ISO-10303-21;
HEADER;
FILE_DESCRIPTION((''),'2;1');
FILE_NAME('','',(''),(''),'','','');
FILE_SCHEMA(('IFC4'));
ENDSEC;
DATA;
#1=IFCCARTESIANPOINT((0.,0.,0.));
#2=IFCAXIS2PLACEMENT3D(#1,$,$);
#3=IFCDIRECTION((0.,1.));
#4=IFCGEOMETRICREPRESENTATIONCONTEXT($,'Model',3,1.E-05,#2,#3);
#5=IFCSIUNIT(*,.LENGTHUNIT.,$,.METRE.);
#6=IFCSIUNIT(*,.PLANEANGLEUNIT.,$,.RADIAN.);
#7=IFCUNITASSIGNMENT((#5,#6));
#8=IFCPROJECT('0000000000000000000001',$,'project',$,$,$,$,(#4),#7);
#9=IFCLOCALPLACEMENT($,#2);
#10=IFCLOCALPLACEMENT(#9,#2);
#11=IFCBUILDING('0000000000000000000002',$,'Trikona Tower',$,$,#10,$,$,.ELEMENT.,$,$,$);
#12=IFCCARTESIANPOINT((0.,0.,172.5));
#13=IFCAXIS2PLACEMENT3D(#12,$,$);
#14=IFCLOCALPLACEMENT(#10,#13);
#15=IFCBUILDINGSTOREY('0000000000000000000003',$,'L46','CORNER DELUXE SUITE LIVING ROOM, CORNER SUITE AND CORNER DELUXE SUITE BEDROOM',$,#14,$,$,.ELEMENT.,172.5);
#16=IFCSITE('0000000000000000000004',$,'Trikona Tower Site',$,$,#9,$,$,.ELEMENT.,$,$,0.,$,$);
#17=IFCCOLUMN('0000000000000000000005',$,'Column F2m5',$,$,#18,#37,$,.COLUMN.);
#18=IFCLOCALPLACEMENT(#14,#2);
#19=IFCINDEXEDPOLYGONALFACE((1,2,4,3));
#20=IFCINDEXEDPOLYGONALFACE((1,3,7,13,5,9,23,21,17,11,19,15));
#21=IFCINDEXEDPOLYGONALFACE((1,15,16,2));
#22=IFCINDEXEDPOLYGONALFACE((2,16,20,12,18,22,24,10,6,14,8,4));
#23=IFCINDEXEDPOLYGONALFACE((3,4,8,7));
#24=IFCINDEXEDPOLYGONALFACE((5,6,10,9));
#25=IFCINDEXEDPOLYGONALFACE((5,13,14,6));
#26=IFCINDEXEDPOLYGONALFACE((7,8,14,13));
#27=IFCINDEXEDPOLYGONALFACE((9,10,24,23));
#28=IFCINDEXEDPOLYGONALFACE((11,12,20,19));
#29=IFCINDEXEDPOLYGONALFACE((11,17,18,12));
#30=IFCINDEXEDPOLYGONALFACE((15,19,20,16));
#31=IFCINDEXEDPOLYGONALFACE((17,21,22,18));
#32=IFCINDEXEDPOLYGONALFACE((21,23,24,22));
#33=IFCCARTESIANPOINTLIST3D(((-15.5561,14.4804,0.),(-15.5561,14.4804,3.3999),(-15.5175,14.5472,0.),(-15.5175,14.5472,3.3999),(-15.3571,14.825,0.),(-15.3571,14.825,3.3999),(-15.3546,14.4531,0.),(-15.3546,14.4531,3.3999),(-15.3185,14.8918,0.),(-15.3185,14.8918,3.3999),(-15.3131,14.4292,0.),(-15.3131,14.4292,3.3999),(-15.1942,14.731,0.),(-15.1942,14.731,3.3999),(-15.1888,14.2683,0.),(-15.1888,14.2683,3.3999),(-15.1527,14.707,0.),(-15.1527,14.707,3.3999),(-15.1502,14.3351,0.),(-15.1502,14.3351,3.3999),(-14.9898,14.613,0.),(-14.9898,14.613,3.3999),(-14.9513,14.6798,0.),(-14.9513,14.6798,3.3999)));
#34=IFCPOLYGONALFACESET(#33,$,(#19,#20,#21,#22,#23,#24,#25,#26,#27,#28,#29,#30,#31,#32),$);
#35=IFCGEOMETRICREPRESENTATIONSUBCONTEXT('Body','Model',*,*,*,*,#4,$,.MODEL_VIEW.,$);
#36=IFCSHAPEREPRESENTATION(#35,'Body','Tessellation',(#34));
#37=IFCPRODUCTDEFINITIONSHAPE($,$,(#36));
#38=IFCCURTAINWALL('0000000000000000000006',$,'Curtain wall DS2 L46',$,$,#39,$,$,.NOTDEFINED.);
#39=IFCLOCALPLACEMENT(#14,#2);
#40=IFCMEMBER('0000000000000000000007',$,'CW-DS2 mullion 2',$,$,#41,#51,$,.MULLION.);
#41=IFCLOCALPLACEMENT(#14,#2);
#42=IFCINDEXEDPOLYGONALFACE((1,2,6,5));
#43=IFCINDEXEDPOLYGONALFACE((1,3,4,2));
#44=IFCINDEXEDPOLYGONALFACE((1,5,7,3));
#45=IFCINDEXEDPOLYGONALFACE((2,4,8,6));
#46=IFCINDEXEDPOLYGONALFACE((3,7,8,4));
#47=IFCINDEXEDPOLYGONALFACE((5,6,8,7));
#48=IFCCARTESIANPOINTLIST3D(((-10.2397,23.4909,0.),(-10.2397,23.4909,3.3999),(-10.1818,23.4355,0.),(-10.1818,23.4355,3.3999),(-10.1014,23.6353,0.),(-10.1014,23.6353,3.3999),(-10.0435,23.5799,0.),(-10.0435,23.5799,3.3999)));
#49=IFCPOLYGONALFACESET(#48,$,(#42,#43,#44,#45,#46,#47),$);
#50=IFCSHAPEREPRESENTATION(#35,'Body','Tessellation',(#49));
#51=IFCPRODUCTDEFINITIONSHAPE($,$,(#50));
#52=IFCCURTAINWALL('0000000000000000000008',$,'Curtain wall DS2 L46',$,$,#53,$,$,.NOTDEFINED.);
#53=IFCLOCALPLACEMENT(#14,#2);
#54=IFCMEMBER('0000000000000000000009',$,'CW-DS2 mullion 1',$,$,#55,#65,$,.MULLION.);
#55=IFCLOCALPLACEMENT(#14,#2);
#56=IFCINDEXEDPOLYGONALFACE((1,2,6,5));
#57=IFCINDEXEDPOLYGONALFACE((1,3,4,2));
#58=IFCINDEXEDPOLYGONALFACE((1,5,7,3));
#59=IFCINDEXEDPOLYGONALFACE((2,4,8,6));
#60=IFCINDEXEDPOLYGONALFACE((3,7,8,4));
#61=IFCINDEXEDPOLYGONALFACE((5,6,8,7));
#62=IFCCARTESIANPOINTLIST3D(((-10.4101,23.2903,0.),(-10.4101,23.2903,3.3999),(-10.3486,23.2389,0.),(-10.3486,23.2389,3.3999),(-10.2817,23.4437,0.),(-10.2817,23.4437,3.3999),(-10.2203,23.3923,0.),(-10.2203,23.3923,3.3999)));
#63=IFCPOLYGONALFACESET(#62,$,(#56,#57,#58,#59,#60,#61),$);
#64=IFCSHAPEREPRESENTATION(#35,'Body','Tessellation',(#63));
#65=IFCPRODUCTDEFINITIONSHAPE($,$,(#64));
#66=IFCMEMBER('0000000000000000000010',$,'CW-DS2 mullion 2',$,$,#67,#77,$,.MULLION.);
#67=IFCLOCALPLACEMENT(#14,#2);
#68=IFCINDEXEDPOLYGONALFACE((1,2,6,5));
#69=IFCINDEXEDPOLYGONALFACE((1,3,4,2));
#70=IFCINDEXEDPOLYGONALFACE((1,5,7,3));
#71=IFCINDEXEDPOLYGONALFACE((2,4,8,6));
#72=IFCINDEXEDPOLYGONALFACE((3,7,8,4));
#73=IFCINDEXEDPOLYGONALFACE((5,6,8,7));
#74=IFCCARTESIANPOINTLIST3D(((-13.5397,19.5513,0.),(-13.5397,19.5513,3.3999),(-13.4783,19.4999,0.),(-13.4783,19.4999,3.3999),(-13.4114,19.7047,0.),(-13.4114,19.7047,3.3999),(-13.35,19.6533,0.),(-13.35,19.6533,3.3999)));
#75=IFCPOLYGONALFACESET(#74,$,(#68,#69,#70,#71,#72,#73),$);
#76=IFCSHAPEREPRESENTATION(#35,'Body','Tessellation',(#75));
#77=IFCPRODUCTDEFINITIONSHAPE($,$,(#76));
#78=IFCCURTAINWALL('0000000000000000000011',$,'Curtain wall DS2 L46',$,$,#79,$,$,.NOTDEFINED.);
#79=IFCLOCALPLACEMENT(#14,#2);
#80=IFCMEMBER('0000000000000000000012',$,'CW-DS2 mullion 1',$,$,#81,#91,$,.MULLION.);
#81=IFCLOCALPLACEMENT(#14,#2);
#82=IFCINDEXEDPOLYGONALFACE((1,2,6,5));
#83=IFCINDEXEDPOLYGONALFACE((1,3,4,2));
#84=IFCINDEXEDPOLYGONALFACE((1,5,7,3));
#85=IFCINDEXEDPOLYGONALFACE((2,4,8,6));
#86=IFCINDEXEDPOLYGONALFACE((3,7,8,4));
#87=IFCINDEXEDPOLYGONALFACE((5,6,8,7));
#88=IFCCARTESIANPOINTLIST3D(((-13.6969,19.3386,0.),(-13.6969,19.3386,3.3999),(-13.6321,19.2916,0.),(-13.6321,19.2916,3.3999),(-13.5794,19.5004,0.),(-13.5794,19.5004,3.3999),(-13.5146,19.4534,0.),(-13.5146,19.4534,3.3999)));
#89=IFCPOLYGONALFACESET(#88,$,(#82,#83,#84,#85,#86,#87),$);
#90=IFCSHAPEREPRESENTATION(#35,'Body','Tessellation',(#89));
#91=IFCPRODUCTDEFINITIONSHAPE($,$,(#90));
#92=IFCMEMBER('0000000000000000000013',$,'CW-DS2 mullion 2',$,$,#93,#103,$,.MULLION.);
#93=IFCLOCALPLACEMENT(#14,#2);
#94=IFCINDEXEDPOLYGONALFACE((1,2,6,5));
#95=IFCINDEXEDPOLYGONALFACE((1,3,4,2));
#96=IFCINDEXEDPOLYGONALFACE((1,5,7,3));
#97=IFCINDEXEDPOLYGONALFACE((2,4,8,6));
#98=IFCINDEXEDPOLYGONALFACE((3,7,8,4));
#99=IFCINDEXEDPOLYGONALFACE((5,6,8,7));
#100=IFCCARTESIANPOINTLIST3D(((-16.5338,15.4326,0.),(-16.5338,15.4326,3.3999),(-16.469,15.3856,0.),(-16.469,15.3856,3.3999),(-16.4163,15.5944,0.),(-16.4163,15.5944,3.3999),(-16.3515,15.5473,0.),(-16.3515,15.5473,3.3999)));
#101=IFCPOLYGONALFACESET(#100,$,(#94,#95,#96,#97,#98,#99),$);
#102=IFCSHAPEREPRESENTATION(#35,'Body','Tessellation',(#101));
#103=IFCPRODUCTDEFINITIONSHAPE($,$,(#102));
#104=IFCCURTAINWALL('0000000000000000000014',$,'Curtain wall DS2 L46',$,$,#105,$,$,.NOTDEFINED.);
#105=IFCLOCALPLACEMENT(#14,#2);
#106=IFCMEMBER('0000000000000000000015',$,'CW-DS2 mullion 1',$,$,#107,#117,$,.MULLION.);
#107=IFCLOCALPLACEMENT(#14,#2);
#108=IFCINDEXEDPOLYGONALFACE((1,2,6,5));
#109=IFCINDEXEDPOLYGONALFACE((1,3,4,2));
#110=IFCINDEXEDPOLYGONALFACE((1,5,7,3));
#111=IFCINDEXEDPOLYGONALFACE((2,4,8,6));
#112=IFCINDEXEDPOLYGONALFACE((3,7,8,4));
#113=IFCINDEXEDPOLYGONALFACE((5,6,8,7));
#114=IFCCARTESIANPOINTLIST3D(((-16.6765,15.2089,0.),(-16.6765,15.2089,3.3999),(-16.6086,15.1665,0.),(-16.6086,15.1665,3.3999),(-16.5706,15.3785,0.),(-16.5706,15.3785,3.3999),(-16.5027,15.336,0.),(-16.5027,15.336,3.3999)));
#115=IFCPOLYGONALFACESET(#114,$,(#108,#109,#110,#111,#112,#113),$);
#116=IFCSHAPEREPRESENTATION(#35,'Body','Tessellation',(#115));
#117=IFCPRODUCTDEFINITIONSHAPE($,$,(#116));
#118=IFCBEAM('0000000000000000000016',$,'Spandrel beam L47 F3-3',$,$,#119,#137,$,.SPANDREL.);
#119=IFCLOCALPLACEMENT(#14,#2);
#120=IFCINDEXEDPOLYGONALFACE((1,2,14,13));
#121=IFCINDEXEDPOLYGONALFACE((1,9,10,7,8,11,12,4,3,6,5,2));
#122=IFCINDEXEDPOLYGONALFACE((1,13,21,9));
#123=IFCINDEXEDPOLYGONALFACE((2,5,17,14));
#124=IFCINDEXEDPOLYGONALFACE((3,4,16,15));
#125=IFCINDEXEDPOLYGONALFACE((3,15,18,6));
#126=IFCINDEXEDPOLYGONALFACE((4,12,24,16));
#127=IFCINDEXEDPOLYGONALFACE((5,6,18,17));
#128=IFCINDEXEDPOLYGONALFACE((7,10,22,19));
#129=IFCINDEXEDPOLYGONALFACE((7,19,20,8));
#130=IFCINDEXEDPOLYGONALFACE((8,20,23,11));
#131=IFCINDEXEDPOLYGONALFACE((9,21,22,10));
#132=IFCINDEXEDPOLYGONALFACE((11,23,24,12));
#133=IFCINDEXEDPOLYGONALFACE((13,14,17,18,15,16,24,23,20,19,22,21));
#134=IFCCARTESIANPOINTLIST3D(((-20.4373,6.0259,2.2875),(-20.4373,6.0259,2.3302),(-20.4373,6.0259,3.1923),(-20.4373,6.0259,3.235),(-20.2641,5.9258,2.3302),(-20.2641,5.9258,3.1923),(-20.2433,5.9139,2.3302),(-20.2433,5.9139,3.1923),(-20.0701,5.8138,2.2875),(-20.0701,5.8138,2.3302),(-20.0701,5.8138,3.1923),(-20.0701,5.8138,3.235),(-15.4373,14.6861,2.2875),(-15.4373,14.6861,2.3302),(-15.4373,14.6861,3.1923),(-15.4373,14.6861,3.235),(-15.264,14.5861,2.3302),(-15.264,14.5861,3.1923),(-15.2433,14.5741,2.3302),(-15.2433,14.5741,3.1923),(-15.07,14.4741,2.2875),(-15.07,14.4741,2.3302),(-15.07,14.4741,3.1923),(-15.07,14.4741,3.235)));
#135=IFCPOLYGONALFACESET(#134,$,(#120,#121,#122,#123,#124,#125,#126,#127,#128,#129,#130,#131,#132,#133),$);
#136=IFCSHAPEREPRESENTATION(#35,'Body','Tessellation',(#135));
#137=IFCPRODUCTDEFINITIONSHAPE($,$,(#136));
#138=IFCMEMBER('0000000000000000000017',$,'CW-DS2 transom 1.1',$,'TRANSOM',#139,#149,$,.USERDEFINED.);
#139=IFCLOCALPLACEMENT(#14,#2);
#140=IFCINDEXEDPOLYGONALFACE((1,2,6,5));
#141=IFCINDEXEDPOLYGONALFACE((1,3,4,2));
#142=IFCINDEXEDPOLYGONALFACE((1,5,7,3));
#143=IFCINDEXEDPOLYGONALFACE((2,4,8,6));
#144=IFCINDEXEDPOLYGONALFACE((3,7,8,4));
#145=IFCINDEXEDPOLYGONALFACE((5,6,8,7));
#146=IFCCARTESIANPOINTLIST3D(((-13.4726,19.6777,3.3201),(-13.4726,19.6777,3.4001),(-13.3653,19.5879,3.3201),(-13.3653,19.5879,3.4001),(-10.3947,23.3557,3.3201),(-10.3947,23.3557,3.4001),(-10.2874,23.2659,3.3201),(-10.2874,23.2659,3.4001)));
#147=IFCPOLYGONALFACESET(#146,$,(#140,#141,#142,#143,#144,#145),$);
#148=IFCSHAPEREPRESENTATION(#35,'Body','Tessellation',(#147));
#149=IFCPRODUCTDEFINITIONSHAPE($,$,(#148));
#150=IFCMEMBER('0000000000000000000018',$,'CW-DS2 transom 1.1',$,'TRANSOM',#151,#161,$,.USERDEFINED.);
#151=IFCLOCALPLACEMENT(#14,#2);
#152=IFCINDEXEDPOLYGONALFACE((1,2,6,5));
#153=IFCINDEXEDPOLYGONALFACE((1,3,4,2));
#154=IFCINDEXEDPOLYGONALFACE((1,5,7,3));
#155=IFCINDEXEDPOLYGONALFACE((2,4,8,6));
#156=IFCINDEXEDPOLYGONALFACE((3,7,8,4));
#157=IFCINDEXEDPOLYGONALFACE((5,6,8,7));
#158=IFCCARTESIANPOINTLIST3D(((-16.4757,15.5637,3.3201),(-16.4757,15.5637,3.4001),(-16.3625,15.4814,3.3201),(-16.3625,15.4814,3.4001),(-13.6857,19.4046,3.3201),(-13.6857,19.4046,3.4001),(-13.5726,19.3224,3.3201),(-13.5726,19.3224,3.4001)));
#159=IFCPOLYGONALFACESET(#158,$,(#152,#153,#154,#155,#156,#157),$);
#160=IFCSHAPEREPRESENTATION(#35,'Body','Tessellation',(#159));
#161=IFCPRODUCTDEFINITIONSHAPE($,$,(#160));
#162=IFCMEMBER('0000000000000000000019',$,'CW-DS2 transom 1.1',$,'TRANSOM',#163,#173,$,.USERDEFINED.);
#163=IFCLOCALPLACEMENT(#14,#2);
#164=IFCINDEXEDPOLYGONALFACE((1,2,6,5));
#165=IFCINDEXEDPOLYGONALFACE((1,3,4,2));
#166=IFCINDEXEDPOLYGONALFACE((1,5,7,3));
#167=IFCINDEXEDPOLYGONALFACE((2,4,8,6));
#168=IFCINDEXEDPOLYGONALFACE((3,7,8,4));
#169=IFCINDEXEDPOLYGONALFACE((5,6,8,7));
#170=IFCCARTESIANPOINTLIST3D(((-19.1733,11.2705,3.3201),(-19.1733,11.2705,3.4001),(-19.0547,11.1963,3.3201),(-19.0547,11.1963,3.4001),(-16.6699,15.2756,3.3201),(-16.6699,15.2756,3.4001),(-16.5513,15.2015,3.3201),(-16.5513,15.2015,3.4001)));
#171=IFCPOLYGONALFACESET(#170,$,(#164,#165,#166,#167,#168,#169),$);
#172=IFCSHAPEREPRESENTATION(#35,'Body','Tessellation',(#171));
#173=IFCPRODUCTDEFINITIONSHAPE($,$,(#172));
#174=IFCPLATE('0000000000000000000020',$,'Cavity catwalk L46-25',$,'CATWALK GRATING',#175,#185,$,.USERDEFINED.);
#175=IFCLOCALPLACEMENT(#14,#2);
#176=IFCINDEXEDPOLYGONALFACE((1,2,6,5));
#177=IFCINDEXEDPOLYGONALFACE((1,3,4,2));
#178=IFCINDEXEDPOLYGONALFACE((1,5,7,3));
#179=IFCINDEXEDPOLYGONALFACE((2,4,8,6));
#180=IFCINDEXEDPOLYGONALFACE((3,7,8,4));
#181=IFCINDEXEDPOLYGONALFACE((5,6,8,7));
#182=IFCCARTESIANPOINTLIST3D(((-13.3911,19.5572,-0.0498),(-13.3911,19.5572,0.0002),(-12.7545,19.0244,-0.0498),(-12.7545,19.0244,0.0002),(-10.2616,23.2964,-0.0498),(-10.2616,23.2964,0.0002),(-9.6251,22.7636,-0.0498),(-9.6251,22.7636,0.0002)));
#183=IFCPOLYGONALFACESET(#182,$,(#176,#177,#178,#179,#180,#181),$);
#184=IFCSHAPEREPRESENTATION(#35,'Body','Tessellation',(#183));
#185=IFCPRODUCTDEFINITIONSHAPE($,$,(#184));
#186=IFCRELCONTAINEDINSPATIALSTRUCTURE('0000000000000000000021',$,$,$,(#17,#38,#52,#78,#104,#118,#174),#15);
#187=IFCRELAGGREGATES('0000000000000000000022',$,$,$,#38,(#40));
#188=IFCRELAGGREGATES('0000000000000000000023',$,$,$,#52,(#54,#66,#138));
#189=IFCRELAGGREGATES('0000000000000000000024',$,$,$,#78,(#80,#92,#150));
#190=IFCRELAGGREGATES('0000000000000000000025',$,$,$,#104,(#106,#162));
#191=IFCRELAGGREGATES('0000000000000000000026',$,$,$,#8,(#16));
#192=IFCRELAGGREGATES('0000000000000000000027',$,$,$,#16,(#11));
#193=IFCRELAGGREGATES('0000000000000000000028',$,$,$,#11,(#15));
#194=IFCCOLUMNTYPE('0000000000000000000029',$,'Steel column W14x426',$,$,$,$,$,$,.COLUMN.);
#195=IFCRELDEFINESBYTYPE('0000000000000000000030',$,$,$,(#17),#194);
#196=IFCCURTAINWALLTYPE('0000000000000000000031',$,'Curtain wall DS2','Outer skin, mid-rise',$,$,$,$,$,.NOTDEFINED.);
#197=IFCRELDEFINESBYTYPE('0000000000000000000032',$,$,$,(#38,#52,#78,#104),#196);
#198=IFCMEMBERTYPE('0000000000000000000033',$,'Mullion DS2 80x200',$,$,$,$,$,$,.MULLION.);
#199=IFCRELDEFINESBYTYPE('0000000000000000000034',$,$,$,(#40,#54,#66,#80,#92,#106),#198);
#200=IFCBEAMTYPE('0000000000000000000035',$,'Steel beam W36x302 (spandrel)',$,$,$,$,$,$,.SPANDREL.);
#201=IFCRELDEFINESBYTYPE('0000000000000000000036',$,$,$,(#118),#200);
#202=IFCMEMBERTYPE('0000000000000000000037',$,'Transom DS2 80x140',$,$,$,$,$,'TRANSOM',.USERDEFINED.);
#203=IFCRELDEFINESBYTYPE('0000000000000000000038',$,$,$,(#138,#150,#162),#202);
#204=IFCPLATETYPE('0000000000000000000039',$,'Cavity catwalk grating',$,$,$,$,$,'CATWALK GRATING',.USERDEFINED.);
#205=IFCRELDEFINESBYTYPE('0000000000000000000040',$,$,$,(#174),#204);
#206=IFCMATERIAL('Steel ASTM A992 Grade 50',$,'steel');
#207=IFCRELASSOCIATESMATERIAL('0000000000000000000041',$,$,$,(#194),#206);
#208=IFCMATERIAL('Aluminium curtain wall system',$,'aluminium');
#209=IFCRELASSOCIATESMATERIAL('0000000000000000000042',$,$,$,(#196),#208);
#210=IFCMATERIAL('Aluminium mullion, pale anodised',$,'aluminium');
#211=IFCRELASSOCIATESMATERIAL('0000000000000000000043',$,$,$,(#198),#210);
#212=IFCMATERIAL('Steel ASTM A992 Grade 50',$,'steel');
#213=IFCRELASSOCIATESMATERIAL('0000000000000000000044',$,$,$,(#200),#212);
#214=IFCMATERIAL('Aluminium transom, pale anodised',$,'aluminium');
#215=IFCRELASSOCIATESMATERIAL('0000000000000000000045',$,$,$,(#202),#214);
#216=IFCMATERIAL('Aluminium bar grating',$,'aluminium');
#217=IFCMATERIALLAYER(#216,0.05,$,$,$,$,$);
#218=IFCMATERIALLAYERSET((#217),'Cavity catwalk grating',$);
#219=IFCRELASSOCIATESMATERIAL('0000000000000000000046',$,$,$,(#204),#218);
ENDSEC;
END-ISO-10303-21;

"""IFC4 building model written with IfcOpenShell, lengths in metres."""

from ifc_helpers import new_model, si_unit, direction, frame, origin, origin_2d, place, context, subcontext, project, spatial, rectangle, i_section, extrude, material, layer, layer_set, material_profile, profile_set, type_object, element, aggregate, save


model = new_model("IFC4")

# Units and contexts
model_context = context("Model", 3, precision=1e-05, world=origin(), true_north=direction((0.0, 1.0)))
body_context = subcontext(model_context, "Body", "Model", "MODEL_VIEW")
ifc_project = project(units=[si_unit("LENGTHUNIT", "METRE"), si_unit("PLANEANGLEUNIT", "RADIAN")], contexts=[model_context])

# Site, building, storey
site_placement = place(None, origin())
site = spatial("IfcSite", under=ifc_project, at=site_placement, Name="Trikona Tower Site", CompositionType="ELEMENT", RefElevation=0.0)
building_placement = place(site_placement, origin())
building = spatial("IfcBuilding", under=site, at=building_placement, Name="Trikona Tower", CompositionType="ELEMENT")
storey_placement = place(building_placement, frame((0.0, 0.0, 172.5)))
storey = spatial("IfcBuildingStorey", under=building, at=storey_placement, Name="L46", Description="CORNER DELUXE SUITE LIVING ROOM, CORNER SUITE AND CORNER DELUXE SUITE BEDROOM", CompositionType="ELEMENT", Elevation=172.5)

# Column
ifc_material_1 = material(Name="Steel ASTM A992 Grade 50", Category="steel")
ifc_material_profile_1 = material_profile(ifc_material_1, i_section(OverallWidth=0.4241, OverallDepth=0.4751, WebThickness=0.0479, FlangeThickness=0.0771, at=origin_2d()), Name="W14X426")
ifc_profile_set_1 = profile_set([ifc_material_profile_1], Name="Steel ASTM A992 Grade 50")
column_type = type_object("IfcColumnType", Name="Steel column W14x426", PredefinedType="COLUMN", material=ifc_profile_set_1)
column_placement = place(storey_placement, frame((-15.2537, 14.5801, 0.0), z_axis=(0.0, 0.0, 1.0), x_axis=(-0.866025, 0.5, 0.0)))
element("IfcColumn", 1, at=column_placement, inside=storey, type_object=column_type, Name="Column F2m5", PredefinedType="COLUMN", context=body_context, shape_type="SweptSolid", body=[
    extrude(i_section(OverallWidth=0.4241, OverallDepth=0.4751, WebThickness=0.0479, FlangeThickness=0.0771, at=origin_2d()), origin(), (0.0, 0.0, 1.0), 3.3999),
])

# Curtain wall, member
ifc_material_2 = material(Name="Aluminium curtain wall system", Category="aluminium")
curtain_wall_type = type_object("IfcCurtainWallType", Name="Curtain wall DS2", Description="Outer skin, mid-rise", PredefinedType="NOTDEFINED", material=ifc_material_2)
curtain_wall_1_placement = place(storey_placement, origin())
curtain_wall_1 = element("IfcCurtainWall", 2, at=curtain_wall_1_placement, inside=storey, type_object=curtain_wall_type, Name="Curtain wall DS2 L46", PredefinedType="NOTDEFINED")
ifc_material_3 = material(Name="Aluminium mullion, pale anodised", Category="aluminium")
ifc_material_profile_2 = material_profile(ifc_material_3, rectangle(XDim=0.0801, YDim=0.2, at=origin_2d()), Name="MUL-DS2")
ifc_profile_set_2 = profile_set([ifc_material_profile_2], Name="Aluminium mullion, pale anodised")
member_type_1 = type_object("IfcMemberType", Name="Mullion DS2 80x200", PredefinedType="MULLION", material=ifc_profile_set_2)
member_1_placement = place(storey_placement, frame((-10.1416, 23.5354, 0.0), z_axis=(0.0, 0.0, 1.0), x_axis=(0.722158, -0.691728, 0.0)))
member_1 = element("IfcMember", 3, at=member_1_placement, type_object=member_type_1, Name="CW-DS2 mullion 2", PredefinedType="MULLION", context=body_context, shape_type="SweptSolid", body=[
    extrude(rectangle(XDim=0.0801, YDim=0.2, at=origin_2d()), origin(), (0.0, 0.0, 1.0), 3.3999),
])
aggregate(curtain_wall_1, [member_1])

# Curtain walls, members
curtain_wall_2_placement = place(storey_placement, origin())
curtain_wall_2 = element("IfcCurtainWall", 4, at=curtain_wall_2_placement, inside=storey, type_object=curtain_wall_type, Name="Curtain wall DS2 L46", PredefinedType="NOTDEFINED")
member_2_placement = place(storey_placement, frame((-10.3152, 23.3413, 0.0), z_axis=(0.0, 0.0, 1.0), x_axis=(0.766867, -0.641806, 0.0)))
member_2 = element("IfcMember", 5, at=member_2_placement, type_object=member_type_1, Name="CW-DS2 mullion 1", PredefinedType="MULLION", context=body_context, shape_type="SweptSolid", body=[
    extrude(rectangle(XDim=0.0801, YDim=0.2, at=origin_2d()), origin(), (0.0, 0.0, 1.0), 3.3999),
])
member_3_placement = place(storey_placement, frame((-13.4448, 19.6023, 0.0), z_axis=(0.0, 0.0, 1.0), x_axis=(0.766867, -0.641806, 0.0)))
member_3 = element("IfcMember", 6, at=member_3_placement, type_object=member_type_1, Name="CW-DS2 mullion 2", PredefinedType="MULLION", context=body_context, shape_type="SweptSolid", body=[
    extrude(rectangle(XDim=0.0801, YDim=0.2, at=origin_2d()), origin(), (0.0, 0.0, 1.0), 3.3999),
])
curtain_wall_3_placement = place(storey_placement, origin())
curtain_wall_3 = element("IfcCurtainWall", 7, at=curtain_wall_3_placement, inside=storey, type_object=curtain_wall_type, Name="Curtain wall DS2 L46", PredefinedType="NOTDEFINED")
member_4_placement = place(storey_placement, frame((-13.6057, 19.396, 0.0), z_axis=(0.0, 0.0, 1.0), x_axis=(0.809086, -0.587691, 0.0)))
member_4 = element("IfcMember", 8, at=member_4_placement, type_object=member_type_1, Name="CW-DS2 mullion 1", PredefinedType="MULLION", context=body_context, shape_type="SweptSolid", body=[
    extrude(rectangle(XDim=0.0801, YDim=0.2, at=origin_2d()), origin(), (0.0, 0.0, 1.0), 3.3999),
])
member_5_placement = place(storey_placement, frame((-16.4426, 15.49, 0.0), z_axis=(0.0, 0.0, 1.0), x_axis=(0.809086, -0.587691, 0.0)))
member_5 = element("IfcMember", 9, at=member_5_placement, type_object=member_type_1, Name="CW-DS2 mullion 2", PredefinedType="MULLION", context=body_context, shape_type="SweptSolid", body=[
    extrude(rectangle(XDim=0.0801, YDim=0.2, at=origin_2d()), origin(), (0.0, 0.0, 1.0), 3.3999),
])

# Curtain wall, member
curtain_wall_4_placement = place(storey_placement, origin())
curtain_wall_4 = element("IfcCurtainWall", 10, at=curtain_wall_4_placement, inside=storey, type_object=curtain_wall_type, Name="Curtain wall DS2 L46", PredefinedType="NOTDEFINED")
member_6_placement = place(storey_placement, frame((-16.5896, 15.2725, 0.0), z_axis=(0.0, 0.0, 1.0), x_axis=(0.847998, -0.529999, 0.0)))
member_6 = element("IfcMember", 11, at=member_6_placement, type_object=member_type_1, Name="CW-DS2 mullion 1", PredefinedType="MULLION", context=body_context, shape_type="SweptSolid", body=[
    extrude(rectangle(XDim=0.0801, YDim=0.2, at=origin_2d()), origin(), (0.0, 0.0, 1.0), 3.3999),
])

# Beam
ifc_material_4 = material(Name="Steel ASTM A992 Grade 50", Category="steel")
ifc_material_profile_3 = material_profile(ifc_material_4, i_section(OverallWidth=0.4241, OverallDepth=0.9475, WebThickness=0.0239, FlangeThickness=0.0427, at=origin_2d()), Name="W36X302")
ifc_profile_set_3 = profile_set([ifc_material_profile_3], Name="Steel ASTM A992 Grade 50")
beam_type = type_object("IfcBeamType", Name="Steel beam W36x302 (spandrel)", PredefinedType="SPANDREL", material=ifc_profile_set_3)
beam_placement = place(storey_placement, frame((-15.2537, 14.5801, 2.7612), z_axis=(-0.500004, -0.866023, 0.0), x_axis=(0.866023, -0.500004, 0.0)))
element("IfcBeam", 12, at=beam_placement, inside=storey, type_object=beam_type, Name="Spandrel beam L47 F3-3", PredefinedType="SPANDREL", context=body_context, shape_type="SweptSolid", body=[
    extrude(i_section(OverallWidth=0.4241, OverallDepth=0.9475, WebThickness=0.0239, FlangeThickness=0.0427, at=origin_2d()), origin(), (0.0, 0.0, 1.0), 10.0),
])

# Members
ifc_material_5 = material(Name="Aluminium transom, pale anodised", Category="aluminium")
ifc_material_profile_4 = material_profile(ifc_material_5, rectangle(XDim=0.1399, YDim=0.0801, at=origin_2d()), Name="TRN-DS2")
ifc_profile_set_4 = profile_set([ifc_material_profile_4], Name="Aluminium transom, pale anodised")
member_type_2 = type_object("IfcMemberType", Name="Transom DS2 80x140", ElementType="TRANSOM", PredefinedType="USERDEFINED", material=ifc_profile_set_4)
member_7_placement = place(storey_placement, frame((-10.3411, 23.3108, 3.3601), z_axis=(-0.64177, -0.766897, 0.0), x_axis=(0.766897, -0.64177, 0.0)))
member_7 = element("IfcMember", 13, at=member_7_placement, type_object=member_type_2, Name="CW-DS2 transom 1.1", ObjectType="TRANSOM", PredefinedType="USERDEFINED", context=body_context, shape_type="SweptSolid", body=[
    extrude(rectangle(XDim=0.1399, YDim=0.0801, at=origin_2d()), origin(), (0.0, 0.0, 1.0), 4.7959),
])
member_8_placement = place(storey_placement, frame((-13.6292, 19.3635, 3.3601), z_axis=(-0.587695, -0.809083, 0.0), x_axis=(0.809083, -0.587695, 0.0)))
member_8 = element("IfcMember", 14, at=member_8_placement, type_object=member_type_2, Name="CW-DS2 transom 1.1", ObjectType="TRANSOM", PredefinedType="USERDEFINED", context=body_context, shape_type="SweptSolid", body=[
    extrude(rectangle(XDim=0.1399, YDim=0.0801, at=origin_2d()), origin(), (0.0, 0.0, 1.0), 4.7473),
])
member_9_placement = place(storey_placement, frame((-16.6106, 15.2385, 3.3601), z_axis=(-0.530031, -0.847978, 0.0), x_axis=(0.847978, -0.530031, 0.0)))
member_9 = element("IfcMember", 15, at=member_9_placement, type_object=member_type_2, Name="CW-DS2 transom 1.1", ObjectType="TRANSOM", PredefinedType="USERDEFINED", context=body_context, shape_type="SweptSolid", body=[
    extrude(rectangle(XDim=0.1399, YDim=0.0801, at=origin_2d()), origin(), (0.0, 0.0, 1.0), 4.7231),
])

# Plate
ifc_material_6 = material(Name="Aluminium bar grating", Category="aluminium")
ifc_layer_1 = layer(ifc_material_6, 0.05)
ifc_layer_set_1 = layer_set([ifc_layer_1], Name="Cavity catwalk grating")
plate_type_1 = type_object("IfcPlateType", Name="Cavity catwalk grating", ElementType="CATWALK GRATING", PredefinedType="USERDEFINED", material=ifc_layer_set_1)
plate_1_placement = place(storey_placement, frame((-11.5081, 21.1604, -0.0498), z_axis=(0.0, 0.0, 1.0), x_axis=(-0.641807, -0.766866, 0.0)))
element("IfcPlate", 16, at=plate_1_placement, inside=storey, type_object=plate_type_1, Name="Cavity catwalk L46-25", ObjectType="CATWALK GRATING", PredefinedType="USERDEFINED", context=body_context, shape_type="SweptSolid", body=[
    extrude(rectangle(XDim=4.876, YDim=0.8301, at=origin_2d()), origin(), (0.0, 0.0, 1.0), 0.05),
])

aggregate(curtain_wall_2, [member_2, member_3, member_7])
aggregate(curtain_wall_3, [member_4, member_5, member_8])
aggregate(curtain_wall_4, [member_6, member_9])

save(model, "model.ifc")
